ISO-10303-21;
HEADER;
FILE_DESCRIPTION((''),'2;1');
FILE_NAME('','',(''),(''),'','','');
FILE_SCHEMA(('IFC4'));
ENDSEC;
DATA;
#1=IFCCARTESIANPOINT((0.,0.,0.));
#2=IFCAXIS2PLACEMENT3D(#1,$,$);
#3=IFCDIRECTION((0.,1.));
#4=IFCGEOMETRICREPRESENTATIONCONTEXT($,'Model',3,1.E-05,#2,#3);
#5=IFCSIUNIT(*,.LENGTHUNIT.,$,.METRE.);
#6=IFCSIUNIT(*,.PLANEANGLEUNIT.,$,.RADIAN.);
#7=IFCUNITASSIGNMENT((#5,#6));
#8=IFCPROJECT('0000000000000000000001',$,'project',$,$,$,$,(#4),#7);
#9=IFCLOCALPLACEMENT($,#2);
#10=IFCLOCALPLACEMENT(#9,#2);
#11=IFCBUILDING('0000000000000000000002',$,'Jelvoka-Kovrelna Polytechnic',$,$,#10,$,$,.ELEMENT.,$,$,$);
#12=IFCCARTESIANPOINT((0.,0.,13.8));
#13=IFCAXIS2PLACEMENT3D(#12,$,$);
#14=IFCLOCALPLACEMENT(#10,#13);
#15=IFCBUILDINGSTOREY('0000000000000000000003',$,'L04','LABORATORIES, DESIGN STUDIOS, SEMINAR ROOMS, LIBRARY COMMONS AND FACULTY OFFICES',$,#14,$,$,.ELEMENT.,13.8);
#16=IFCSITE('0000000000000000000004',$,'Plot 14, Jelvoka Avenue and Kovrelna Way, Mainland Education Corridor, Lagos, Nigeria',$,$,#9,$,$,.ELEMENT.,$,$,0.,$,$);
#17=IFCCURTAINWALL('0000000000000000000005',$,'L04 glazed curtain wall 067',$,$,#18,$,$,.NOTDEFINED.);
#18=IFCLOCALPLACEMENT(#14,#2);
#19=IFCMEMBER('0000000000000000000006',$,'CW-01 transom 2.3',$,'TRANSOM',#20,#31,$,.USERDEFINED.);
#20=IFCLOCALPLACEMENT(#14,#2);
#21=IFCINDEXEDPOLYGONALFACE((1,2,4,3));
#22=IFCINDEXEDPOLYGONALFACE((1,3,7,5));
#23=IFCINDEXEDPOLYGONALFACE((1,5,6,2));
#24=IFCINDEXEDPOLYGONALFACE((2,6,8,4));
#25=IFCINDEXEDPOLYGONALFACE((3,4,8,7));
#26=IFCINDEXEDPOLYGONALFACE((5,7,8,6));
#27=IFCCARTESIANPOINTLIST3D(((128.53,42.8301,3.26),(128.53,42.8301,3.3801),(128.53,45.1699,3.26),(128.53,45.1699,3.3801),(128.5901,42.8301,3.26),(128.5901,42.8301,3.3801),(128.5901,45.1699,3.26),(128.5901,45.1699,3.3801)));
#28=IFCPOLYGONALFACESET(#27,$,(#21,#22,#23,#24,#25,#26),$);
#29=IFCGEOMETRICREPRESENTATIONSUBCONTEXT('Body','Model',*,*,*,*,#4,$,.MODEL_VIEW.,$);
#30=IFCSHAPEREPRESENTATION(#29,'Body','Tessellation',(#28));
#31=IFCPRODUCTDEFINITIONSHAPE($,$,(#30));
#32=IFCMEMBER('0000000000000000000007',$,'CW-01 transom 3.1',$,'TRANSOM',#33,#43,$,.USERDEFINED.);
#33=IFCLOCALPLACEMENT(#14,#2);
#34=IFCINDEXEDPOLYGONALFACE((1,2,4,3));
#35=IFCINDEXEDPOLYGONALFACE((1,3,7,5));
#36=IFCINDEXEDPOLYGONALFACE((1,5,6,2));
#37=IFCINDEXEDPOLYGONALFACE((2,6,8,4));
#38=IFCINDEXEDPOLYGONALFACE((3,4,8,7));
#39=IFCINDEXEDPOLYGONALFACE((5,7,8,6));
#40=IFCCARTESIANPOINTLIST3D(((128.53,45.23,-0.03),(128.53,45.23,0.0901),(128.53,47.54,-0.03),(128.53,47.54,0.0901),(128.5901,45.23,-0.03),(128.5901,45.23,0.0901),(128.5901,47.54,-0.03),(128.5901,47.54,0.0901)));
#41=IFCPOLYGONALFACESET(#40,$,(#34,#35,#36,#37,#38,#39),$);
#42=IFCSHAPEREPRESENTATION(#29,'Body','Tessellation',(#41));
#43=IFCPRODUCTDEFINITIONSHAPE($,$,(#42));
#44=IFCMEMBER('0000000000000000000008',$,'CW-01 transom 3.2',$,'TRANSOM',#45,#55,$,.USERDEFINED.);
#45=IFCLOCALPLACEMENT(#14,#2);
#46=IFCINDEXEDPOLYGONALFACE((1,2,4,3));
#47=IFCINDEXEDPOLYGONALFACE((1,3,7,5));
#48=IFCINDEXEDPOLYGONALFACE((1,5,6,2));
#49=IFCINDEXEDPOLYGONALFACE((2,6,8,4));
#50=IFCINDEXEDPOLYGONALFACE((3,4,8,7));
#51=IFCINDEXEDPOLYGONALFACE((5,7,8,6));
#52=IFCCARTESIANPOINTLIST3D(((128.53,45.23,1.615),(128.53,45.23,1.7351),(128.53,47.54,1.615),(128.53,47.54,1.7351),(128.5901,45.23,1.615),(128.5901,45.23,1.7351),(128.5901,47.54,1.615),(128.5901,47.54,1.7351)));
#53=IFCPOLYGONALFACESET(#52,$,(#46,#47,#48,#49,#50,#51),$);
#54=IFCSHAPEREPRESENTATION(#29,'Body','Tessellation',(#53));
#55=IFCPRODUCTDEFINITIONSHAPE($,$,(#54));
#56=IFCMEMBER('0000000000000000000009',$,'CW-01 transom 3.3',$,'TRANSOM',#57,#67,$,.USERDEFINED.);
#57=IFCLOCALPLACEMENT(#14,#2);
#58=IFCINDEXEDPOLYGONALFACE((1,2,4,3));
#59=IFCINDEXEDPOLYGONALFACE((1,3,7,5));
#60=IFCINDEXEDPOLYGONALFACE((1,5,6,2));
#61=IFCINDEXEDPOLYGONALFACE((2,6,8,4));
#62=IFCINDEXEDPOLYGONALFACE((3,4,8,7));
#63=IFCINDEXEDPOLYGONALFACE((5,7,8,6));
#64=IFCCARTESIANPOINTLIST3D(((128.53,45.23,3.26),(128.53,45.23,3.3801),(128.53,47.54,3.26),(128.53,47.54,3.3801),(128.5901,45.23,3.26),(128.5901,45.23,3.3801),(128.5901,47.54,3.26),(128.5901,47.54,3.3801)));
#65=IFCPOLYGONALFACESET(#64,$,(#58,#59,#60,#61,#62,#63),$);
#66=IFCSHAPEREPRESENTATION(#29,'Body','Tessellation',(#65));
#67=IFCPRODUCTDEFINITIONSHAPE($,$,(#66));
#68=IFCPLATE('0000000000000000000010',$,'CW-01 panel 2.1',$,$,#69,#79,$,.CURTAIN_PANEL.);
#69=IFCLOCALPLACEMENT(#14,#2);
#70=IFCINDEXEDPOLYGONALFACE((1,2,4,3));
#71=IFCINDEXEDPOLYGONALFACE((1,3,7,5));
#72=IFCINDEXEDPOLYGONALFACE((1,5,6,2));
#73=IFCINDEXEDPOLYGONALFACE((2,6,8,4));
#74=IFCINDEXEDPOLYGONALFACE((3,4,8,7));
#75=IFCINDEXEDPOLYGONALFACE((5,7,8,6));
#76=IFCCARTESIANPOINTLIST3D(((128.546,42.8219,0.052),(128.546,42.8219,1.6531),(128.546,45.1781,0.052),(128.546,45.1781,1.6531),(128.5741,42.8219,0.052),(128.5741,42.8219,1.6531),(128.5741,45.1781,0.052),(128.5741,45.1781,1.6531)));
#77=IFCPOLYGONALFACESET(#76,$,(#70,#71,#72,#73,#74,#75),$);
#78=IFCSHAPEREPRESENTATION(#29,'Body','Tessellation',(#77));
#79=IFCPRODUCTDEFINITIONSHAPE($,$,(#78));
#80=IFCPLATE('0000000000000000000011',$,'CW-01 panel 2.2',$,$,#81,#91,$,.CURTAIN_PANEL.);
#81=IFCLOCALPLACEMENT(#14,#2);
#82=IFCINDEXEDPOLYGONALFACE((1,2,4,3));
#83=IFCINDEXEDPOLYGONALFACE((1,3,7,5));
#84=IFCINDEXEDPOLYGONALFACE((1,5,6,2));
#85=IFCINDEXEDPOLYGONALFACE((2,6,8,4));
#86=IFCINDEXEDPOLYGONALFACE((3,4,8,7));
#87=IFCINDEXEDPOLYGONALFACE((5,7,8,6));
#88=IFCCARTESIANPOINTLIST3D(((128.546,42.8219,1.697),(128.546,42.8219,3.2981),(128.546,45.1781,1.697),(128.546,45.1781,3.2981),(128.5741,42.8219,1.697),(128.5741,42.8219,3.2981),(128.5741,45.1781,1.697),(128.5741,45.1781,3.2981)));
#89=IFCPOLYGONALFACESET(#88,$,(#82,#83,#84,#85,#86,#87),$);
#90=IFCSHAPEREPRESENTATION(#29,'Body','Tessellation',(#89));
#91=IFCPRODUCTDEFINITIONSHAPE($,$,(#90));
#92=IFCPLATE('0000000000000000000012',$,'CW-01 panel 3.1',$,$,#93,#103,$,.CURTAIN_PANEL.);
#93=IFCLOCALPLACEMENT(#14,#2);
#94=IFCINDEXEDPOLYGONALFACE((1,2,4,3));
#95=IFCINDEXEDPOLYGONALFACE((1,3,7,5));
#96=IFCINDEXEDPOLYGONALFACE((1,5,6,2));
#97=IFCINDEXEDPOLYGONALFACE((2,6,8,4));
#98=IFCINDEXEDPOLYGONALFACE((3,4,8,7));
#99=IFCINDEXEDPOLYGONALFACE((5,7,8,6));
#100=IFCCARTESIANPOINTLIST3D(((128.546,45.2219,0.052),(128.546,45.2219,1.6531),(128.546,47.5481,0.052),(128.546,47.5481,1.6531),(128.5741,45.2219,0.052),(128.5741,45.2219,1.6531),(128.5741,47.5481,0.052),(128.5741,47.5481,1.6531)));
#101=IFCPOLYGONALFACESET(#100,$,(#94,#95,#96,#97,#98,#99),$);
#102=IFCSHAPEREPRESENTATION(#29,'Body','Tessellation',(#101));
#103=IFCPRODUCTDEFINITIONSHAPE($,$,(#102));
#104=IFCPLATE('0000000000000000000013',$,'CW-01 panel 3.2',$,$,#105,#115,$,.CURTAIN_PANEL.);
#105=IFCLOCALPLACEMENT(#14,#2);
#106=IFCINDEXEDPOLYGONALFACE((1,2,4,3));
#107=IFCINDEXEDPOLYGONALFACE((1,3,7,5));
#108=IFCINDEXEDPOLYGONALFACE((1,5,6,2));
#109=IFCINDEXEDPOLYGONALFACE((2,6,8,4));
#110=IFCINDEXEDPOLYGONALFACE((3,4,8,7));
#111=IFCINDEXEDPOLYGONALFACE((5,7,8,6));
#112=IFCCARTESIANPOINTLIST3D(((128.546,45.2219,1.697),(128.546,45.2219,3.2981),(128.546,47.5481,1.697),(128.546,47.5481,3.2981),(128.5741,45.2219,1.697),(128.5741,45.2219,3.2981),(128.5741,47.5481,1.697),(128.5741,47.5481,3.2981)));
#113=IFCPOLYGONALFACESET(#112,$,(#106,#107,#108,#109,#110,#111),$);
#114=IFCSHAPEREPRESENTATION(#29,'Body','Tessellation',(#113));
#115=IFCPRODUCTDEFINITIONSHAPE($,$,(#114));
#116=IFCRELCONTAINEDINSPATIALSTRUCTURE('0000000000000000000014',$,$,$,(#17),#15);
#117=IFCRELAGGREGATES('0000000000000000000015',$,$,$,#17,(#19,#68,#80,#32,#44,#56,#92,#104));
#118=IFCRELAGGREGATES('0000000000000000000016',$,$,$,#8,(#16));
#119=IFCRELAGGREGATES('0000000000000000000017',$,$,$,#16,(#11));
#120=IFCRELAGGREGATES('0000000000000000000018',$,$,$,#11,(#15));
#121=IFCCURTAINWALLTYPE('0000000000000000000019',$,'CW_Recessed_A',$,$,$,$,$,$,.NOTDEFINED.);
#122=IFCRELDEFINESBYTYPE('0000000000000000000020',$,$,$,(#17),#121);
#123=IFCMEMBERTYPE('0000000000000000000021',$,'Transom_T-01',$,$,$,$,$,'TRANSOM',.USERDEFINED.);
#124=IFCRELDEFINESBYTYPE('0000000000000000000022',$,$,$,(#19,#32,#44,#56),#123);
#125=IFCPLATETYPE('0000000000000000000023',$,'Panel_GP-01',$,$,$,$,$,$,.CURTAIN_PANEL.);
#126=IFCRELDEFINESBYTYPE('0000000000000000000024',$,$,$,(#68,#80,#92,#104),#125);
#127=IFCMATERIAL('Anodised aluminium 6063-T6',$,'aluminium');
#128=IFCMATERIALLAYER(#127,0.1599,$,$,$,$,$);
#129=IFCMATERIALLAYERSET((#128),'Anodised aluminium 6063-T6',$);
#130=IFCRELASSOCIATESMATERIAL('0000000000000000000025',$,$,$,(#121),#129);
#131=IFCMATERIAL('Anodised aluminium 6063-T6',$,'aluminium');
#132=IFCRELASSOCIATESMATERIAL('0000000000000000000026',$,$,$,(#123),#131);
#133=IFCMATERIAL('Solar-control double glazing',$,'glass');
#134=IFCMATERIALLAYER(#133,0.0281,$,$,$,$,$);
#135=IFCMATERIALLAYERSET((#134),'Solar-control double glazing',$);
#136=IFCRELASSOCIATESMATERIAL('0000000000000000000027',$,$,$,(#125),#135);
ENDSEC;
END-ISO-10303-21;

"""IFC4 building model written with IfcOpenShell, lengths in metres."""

from ifc_helpers import new_model, si_unit, direction, frame, origin, origin_2d, place, context, subcontext, project, spatial, rectangle, extrude, material, layer, layer_set, material_profile, profile_set, type_object, element, aggregate, save


model = new_model("IFC4")

# Units and contexts
model_context = context("Model", 3, precision=1e-05, world=origin(), true_north=direction((0.0, 1.0)))
body_context = subcontext(model_context, "Body", "Model", "MODEL_VIEW")
ifc_project = project(units=[si_unit("LENGTHUNIT", "METRE"), si_unit("PLANEANGLEUNIT", "RADIAN")], contexts=[model_context])

# Site, building, storey
site_placement = place(None, origin())
site = spatial("IfcSite", under=ifc_project, at=site_placement, Name="Plot 14, Jelvoka Avenue and Kovrelna Way, Mainland Education Corridor, Lagos, Nigeria", CompositionType="ELEMENT", RefElevation=0.0)
building_placement = place(site_placement, origin())
building = spatial("IfcBuilding", under=site, at=building_placement, Name="Jelvoka-Kovrelna Polytechnic", CompositionType="ELEMENT")
storey_placement = place(building_placement, frame((0.0, 0.0, 13.8)))
storey = spatial("IfcBuildingStorey", under=building, at=storey_placement, Name="L04", Description="LABORATORIES, DESIGN STUDIOS, SEMINAR ROOMS, LIBRARY COMMONS AND FACULTY OFFICES", CompositionType="ELEMENT", Elevation=13.8)

# Shared definitions
ifc_material_1 = material(Name="Anodised aluminium 6063-T6", Category="aluminium")
ifc_layer_1 = layer(ifc_material_1, 0.1599)
ifc_layer_set_1 = layer_set([ifc_layer_1], Name="Anodised aluminium 6063-T6")
curtain_wall_type = type_object("IfcCurtainWallType", Name="CW_Recessed_A", PredefinedType="NOTDEFINED", material=ifc_layer_set_1)

# Curtain wall
curtain_wall_1_placement = place(storey_placement, origin())
curtain_wall_1 = element("IfcCurtainWall", 1, at=curtain_wall_1_placement, inside=storey, type_object=curtain_wall_type, Name="L04 glazed curtain wall 067", PredefinedType="NOTDEFINED")

# Members
ifc_material_2 = material(Name="Anodised aluminium 6063-T6", Category="aluminium")
ifc_material_profile_1 = material_profile(ifc_material_2, rectangle(XDim=0.0601, YDim=0.1201, at=origin_2d()), Name="ALU 60x120")
ifc_profile_set_1 = profile_set([ifc_material_profile_1], Name="Anodised aluminium 6063-T6")
member_type_1 = type_object("IfcMemberType", Name="Transom_T-01", ElementType="TRANSOM", PredefinedType="USERDEFINED", material=ifc_profile_set_1)
member_1_placement = place(storey_placement, frame((128.5601, 42.8301, 3.3201), z_axis=(0.0, 1.0, 0.0), x_axis=(-1.0, 0.0, 0.0)))
member_1 = element("IfcMember", 2, at=member_1_placement, type_object=member_type_1, Name="CW-01 transom 2.3", ObjectType="TRANSOM", PredefinedType="USERDEFINED", context=body_context, shape_type="SweptSolid", body=[
    extrude(rectangle(XDim=0.0601, YDim=0.1201, at=origin_2d()), origin(), (0.0, 0.0, 1.0), 2.3398),
])
member_2_placement = place(storey_placement, frame((128.5601, 45.23, 0.03), z_axis=(0.0, 1.0, 0.0), x_axis=(-1.0, 0.0, 0.0)))
member_2 = element("IfcMember", 3, at=member_2_placement, type_object=member_type_1, Name="CW-01 transom 3.1", ObjectType="TRANSOM", PredefinedType="USERDEFINED", context=body_context, shape_type="SweptSolid", body=[
    extrude(rectangle(XDim=0.0601, YDim=0.1201, at=origin_2d()), origin(), (0.0, 0.0, 1.0), 2.3101),
])
member_3_placement = place(storey_placement, frame((128.5601, 45.23, 1.675), z_axis=(0.0, 1.0, 0.0), x_axis=(-1.0, 0.0, 0.0)))
member_3 = element("IfcMember", 4, at=member_3_placement, type_object=member_type_1, Name="CW-01 transom 3.2", ObjectType="TRANSOM", PredefinedType="USERDEFINED", context=body_context, shape_type="SweptSolid", body=[
    extrude(rectangle(XDim=0.0601, YDim=0.1201, at=origin_2d()), origin(), (0.0, 0.0, 1.0), 2.3101),
])
member_4_placement = place(storey_placement, frame((128.5601, 45.23, 3.3201), z_axis=(0.0, 1.0, 0.0), x_axis=(-1.0, 0.0, 0.0)))
member_4 = element("IfcMember", 5, at=member_4_placement, type_object=member_type_1, Name="CW-01 transom 3.3", ObjectType="TRANSOM", PredefinedType="USERDEFINED", context=body_context, shape_type="SweptSolid", body=[
    extrude(rectangle(XDim=0.0601, YDim=0.1201, at=origin_2d()), origin(), (0.0, 0.0, 1.0), 2.3101),
])

# Plates
ifc_material_3 = material(Name="Solar-control double glazing", Category="glass")
ifc_layer_2 = layer(ifc_material_3, 0.0281)
ifc_layer_set_2 = layer_set([ifc_layer_2], Name="Solar-control double glazing")
plate_type = type_object("IfcPlateType", Name="Panel_GP-01", PredefinedType="CURTAIN_PANEL", material=ifc_layer_set_2)
plate_1_placement = place(storey_placement, frame((128.5601, 44.0, 0.052), z_axis=(0.0, 0.0, 1.0), x_axis=(0.0, 1.0, 0.0)))
plate_1 = element("IfcPlate", 6, at=plate_1_placement, type_object=plate_type, Name="CW-01 panel 2.1", PredefinedType="CURTAIN_PANEL", context=body_context, shape_type="SweptSolid", body=[
    extrude(rectangle(XDim=2.3562, YDim=0.0281, at=origin_2d()), origin(), (0.0, 0.0, 1.0), 1.6011),
])
plate_2_placement = place(storey_placement, frame((128.5601, 44.0, 1.697), z_axis=(0.0, 0.0, 1.0), x_axis=(0.0, 1.0, 0.0)))
plate_2 = element("IfcPlate", 7, at=plate_2_placement, type_object=plate_type, Name="CW-01 panel 2.2", PredefinedType="CURTAIN_PANEL", context=body_context, shape_type="SweptSolid", body=[
    extrude(rectangle(XDim=2.3562, YDim=0.0281, at=origin_2d()), origin(), (0.0, 0.0, 1.0), 1.6011),
])
plate_3_placement = place(storey_placement, frame((128.5601, 46.385, 0.052), z_axis=(0.0, 0.0, 1.0), x_axis=(0.0, 1.0, 0.0)))
plate_3 = element("IfcPlate", 8, at=plate_3_placement, type_object=plate_type, Name="CW-01 panel 3.1", PredefinedType="CURTAIN_PANEL", context=body_context, shape_type="SweptSolid", body=[
    extrude(rectangle(XDim=2.3262, YDim=0.0281, at=origin_2d()), origin(), (0.0, 0.0, 1.0), 1.6011),
])
plate_4_placement = place(storey_placement, frame((128.5601, 46.385, 1.697), z_axis=(0.0, 0.0, 1.0), x_axis=(0.0, 1.0, 0.0)))
plate_4 = element("IfcPlate", 9, at=plate_4_placement, type_object=plate_type, Name="CW-01 panel 3.2", PredefinedType="CURTAIN_PANEL", context=body_context, shape_type="SweptSolid", body=[
    extrude(rectangle(XDim=2.3262, YDim=0.0281, at=origin_2d()), origin(), (0.0, 0.0, 1.0), 1.6011),
])
aggregate(curtain_wall_1, [member_1, plate_1, plate_2, member_2, member_3, member_4, plate_3, plate_4])

save(model, "model.ifc")
